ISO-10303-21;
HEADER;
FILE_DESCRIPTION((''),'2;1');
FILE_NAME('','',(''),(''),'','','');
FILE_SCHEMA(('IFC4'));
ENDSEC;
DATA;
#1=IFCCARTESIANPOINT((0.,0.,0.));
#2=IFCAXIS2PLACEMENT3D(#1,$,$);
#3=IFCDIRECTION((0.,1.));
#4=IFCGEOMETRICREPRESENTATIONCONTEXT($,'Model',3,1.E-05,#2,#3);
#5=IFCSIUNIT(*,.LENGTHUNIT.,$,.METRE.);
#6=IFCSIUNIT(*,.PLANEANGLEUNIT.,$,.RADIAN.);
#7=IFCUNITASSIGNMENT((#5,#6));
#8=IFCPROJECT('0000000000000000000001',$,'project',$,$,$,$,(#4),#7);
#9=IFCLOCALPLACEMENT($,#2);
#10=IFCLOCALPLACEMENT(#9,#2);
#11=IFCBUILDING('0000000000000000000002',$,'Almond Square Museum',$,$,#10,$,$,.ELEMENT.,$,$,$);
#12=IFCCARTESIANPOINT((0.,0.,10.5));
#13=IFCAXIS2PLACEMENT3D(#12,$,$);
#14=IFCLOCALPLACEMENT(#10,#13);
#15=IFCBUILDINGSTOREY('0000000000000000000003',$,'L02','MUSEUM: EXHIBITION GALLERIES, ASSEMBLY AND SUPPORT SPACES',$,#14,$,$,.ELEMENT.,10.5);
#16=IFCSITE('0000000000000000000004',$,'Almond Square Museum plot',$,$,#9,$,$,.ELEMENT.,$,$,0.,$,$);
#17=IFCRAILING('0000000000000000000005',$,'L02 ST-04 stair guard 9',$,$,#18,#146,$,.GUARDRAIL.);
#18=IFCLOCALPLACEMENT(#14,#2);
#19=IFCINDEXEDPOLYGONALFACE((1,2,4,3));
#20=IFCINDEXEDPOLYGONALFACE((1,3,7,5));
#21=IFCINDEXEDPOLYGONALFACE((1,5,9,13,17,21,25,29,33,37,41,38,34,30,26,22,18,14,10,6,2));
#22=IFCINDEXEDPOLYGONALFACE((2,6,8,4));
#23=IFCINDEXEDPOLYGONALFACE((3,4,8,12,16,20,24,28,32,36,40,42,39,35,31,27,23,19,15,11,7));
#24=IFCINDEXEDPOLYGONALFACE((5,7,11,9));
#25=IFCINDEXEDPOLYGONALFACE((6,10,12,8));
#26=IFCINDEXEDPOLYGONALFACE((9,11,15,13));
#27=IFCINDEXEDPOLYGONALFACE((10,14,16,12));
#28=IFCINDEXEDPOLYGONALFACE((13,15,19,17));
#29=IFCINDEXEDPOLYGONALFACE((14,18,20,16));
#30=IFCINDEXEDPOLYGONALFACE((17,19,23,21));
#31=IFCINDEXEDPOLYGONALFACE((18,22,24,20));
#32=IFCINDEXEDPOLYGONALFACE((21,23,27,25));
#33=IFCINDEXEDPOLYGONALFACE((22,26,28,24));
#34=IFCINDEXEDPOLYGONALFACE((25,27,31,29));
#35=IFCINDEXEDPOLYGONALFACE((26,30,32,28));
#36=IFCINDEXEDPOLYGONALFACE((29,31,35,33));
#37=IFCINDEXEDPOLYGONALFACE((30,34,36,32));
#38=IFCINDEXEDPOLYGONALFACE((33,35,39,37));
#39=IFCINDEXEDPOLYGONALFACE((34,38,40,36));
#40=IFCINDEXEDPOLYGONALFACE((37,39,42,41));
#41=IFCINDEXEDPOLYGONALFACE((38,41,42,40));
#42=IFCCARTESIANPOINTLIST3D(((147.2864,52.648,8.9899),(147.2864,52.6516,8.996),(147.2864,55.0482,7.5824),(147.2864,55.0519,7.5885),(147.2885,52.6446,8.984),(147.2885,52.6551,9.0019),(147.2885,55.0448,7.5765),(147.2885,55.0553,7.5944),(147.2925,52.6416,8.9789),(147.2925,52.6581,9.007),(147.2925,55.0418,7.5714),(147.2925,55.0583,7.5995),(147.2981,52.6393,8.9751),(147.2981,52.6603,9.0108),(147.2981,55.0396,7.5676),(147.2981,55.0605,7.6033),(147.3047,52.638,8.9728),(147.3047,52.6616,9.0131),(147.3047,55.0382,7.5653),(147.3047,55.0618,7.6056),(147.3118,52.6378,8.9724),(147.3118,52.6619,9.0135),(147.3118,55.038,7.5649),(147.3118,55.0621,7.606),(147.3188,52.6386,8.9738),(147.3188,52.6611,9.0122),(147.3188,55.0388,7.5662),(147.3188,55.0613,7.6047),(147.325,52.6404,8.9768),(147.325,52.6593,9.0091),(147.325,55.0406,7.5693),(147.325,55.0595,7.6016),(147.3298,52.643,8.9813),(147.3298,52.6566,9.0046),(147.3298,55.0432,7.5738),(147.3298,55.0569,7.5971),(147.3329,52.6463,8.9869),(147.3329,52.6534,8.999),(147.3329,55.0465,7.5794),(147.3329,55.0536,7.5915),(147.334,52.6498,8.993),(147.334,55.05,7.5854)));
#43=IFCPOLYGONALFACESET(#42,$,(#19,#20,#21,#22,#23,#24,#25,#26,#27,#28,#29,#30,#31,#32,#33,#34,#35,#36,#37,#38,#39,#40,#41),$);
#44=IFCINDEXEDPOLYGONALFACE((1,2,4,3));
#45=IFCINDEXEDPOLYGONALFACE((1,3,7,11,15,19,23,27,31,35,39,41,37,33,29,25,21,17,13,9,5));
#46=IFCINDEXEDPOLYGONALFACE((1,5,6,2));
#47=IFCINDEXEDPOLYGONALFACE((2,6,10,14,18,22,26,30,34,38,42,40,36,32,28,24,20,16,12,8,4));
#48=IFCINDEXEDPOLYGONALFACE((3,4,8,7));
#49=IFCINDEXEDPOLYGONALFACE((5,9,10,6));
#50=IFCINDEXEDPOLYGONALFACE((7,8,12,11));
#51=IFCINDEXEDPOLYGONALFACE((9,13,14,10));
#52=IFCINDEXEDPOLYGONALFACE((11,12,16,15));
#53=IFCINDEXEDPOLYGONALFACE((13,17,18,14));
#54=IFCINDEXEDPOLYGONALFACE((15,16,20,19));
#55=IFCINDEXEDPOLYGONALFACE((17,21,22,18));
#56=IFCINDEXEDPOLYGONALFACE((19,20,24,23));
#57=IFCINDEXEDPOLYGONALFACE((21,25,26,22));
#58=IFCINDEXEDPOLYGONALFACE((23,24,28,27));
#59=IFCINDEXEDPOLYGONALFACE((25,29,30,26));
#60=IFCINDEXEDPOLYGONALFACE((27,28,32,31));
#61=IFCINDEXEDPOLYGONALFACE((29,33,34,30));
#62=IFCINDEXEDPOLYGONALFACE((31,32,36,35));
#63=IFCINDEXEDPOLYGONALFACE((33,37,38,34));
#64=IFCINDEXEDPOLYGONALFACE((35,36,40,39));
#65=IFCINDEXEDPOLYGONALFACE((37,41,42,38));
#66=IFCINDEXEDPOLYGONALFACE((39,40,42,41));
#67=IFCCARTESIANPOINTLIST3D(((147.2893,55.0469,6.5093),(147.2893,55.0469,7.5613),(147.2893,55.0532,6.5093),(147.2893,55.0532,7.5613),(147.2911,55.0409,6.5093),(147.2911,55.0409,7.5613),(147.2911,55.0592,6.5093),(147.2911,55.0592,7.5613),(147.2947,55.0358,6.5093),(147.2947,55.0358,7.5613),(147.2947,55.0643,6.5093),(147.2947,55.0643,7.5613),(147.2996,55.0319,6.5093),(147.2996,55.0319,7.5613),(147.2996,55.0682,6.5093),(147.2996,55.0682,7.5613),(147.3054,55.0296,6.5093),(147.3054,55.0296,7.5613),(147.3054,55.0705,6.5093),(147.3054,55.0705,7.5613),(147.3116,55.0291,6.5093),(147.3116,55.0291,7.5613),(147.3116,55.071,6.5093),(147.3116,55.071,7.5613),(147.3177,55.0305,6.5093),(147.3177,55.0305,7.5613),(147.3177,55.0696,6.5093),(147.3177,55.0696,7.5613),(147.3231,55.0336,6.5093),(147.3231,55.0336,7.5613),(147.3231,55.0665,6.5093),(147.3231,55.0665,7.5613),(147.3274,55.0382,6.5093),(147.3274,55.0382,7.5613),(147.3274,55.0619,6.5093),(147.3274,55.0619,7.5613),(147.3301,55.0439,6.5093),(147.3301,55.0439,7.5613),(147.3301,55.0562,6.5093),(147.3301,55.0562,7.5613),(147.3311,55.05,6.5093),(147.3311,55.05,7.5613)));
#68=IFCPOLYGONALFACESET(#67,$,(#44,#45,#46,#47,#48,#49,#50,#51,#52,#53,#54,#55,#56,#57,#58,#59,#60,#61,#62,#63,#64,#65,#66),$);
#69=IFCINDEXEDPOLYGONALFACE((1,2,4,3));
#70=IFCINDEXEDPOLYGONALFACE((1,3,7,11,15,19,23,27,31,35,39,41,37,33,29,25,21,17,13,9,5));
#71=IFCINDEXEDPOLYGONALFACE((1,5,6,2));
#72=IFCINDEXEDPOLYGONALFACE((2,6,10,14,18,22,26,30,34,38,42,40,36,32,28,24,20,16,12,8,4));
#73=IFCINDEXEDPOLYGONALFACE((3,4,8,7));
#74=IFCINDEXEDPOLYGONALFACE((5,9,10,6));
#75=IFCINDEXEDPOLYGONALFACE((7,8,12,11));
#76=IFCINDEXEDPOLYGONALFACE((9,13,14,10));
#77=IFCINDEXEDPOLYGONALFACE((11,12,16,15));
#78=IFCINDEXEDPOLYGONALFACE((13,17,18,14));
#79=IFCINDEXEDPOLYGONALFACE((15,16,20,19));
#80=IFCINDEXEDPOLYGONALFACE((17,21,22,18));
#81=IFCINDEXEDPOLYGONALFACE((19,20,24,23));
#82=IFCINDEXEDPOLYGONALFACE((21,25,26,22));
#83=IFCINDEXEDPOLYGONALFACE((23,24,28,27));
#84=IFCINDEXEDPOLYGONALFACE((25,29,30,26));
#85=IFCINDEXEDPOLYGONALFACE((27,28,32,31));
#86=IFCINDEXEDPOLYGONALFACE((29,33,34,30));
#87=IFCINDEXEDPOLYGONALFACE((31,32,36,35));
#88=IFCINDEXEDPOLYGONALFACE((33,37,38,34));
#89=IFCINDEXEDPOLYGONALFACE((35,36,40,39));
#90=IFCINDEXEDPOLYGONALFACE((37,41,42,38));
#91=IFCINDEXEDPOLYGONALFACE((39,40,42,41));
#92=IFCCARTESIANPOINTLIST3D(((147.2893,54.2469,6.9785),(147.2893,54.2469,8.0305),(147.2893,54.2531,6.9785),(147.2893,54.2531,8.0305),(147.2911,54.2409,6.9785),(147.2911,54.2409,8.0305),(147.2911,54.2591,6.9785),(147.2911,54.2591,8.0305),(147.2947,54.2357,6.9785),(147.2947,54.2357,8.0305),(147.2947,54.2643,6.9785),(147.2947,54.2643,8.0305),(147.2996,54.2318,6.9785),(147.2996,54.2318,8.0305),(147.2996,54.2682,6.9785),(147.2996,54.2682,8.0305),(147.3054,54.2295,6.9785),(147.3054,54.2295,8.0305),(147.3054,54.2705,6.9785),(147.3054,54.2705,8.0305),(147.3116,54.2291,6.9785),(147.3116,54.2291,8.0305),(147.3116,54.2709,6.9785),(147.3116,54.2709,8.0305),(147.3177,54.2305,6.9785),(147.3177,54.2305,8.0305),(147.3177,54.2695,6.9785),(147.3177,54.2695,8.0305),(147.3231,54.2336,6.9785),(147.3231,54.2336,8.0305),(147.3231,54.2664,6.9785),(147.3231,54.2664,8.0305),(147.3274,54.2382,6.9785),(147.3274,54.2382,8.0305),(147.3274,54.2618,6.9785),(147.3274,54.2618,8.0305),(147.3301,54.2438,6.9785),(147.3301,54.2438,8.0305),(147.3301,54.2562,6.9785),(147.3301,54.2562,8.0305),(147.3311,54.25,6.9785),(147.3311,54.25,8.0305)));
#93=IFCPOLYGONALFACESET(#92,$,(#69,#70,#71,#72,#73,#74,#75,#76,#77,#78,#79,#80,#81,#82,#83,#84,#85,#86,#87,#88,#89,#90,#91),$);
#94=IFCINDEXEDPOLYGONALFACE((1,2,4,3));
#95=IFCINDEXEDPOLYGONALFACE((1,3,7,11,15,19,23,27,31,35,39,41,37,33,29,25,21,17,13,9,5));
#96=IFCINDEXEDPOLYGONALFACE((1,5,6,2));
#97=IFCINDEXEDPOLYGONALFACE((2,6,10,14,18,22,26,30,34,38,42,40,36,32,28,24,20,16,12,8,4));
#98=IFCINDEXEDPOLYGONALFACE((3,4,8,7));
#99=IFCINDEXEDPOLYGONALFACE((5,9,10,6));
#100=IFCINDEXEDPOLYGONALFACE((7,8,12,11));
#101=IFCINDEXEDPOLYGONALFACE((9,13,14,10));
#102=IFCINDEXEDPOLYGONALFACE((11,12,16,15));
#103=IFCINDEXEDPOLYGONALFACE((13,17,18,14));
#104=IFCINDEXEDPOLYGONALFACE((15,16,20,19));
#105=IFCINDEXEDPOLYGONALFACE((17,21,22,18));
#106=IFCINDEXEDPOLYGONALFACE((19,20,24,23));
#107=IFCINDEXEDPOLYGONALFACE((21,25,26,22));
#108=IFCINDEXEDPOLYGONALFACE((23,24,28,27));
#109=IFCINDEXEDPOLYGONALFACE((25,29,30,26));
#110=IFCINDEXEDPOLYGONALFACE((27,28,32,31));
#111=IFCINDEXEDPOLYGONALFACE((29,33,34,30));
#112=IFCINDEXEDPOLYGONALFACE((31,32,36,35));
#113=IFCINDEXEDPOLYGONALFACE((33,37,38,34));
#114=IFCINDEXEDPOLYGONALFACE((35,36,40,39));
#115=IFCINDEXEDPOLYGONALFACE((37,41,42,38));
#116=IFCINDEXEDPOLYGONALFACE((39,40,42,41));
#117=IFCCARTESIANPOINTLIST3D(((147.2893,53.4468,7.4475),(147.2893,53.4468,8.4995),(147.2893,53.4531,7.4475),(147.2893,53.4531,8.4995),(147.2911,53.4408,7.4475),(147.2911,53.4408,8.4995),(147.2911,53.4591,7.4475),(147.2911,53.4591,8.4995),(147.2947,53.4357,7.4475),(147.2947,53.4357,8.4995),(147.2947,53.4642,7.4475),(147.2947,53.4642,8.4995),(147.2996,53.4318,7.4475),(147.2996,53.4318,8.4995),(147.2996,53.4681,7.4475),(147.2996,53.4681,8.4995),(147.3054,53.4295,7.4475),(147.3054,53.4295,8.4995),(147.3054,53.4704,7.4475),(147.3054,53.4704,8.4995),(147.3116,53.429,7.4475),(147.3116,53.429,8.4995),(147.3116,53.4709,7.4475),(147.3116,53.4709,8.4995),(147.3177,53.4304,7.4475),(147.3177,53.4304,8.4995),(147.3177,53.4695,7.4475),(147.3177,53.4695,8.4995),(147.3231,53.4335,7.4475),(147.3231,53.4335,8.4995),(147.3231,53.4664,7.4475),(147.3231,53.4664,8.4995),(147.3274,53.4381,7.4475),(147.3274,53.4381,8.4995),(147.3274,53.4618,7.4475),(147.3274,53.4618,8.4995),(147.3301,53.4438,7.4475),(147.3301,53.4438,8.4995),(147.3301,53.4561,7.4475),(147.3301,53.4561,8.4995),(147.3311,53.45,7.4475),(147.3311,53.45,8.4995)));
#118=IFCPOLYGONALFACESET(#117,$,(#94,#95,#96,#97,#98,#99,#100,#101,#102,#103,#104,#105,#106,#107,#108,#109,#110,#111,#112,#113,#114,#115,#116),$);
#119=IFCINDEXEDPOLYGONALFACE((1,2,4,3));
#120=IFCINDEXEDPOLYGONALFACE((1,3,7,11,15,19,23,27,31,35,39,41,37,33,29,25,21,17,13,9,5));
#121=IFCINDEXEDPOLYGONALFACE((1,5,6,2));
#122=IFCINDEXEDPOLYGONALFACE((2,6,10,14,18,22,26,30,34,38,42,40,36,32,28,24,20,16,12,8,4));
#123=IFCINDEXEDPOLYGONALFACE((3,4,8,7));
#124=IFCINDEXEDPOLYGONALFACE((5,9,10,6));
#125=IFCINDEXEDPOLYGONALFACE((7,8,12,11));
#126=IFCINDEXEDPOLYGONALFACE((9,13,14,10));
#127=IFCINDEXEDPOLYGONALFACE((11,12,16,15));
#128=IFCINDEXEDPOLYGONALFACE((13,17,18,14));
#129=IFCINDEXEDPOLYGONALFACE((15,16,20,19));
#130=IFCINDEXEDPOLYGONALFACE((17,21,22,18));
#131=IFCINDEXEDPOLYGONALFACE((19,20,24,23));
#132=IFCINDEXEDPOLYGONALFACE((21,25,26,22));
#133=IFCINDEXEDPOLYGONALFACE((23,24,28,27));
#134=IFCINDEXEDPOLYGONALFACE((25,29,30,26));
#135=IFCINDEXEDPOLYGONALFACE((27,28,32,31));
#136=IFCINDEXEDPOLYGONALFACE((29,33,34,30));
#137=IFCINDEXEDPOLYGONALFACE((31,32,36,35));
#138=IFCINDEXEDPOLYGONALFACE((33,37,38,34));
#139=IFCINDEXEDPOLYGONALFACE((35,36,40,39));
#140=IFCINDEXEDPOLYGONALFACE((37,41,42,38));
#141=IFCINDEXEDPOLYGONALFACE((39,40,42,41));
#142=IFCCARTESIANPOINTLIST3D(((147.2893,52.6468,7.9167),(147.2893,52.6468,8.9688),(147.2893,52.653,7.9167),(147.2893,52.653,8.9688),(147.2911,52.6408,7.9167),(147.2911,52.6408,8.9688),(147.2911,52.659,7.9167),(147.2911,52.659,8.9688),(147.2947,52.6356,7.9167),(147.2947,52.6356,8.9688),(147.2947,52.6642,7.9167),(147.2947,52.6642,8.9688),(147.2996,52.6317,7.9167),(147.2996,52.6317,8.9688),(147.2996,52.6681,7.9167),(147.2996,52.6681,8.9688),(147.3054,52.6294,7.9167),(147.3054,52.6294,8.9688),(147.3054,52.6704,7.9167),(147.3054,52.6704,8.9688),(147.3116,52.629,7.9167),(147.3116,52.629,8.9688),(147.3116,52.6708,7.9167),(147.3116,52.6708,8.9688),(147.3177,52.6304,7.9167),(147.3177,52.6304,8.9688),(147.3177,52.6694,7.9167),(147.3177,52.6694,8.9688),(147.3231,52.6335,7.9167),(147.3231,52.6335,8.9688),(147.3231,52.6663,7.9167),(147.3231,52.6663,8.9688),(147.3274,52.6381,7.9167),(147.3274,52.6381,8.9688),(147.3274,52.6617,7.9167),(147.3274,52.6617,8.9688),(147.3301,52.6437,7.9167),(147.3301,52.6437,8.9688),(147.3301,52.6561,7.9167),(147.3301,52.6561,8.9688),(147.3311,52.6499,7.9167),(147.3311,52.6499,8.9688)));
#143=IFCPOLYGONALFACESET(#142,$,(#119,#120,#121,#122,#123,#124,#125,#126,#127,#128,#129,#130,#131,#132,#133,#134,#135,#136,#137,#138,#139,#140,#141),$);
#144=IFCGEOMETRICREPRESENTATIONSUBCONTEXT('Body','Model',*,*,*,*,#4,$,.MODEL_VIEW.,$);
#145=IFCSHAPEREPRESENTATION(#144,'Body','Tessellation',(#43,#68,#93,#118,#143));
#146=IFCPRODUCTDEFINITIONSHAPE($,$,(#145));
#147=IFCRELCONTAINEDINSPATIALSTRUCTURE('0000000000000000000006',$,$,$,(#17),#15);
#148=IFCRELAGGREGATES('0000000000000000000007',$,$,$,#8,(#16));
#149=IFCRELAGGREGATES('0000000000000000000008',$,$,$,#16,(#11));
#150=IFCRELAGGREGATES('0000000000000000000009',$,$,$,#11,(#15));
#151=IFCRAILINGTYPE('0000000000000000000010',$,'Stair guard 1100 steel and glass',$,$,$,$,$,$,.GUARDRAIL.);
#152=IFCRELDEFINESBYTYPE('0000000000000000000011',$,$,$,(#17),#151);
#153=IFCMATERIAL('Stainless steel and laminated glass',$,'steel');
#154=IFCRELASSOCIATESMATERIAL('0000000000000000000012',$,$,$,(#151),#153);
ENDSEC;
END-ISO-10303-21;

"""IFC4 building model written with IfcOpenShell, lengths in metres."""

from ifc_helpers import new_model, si_unit, direction, frame, origin, origin_2d, place, context, subcontext, project, spatial, circle, extrude, material, type_object, element, save


model = new_model("IFC4")

# Units and contexts
model_context = context("Model", 3, precision=1e-05, world=origin(), true_north=direction((0.0, 1.0)))
body_context = subcontext(model_context, "Body", "Model", "MODEL_VIEW")
ifc_project = project(units=[si_unit("LENGTHUNIT", "METRE"), si_unit("PLANEANGLEUNIT", "RADIAN")], contexts=[model_context])

# Site, building, storey
site_placement = place(None, origin())
site = spatial("IfcSite", under=ifc_project, at=site_placement, Name="Almond Square Museum plot", CompositionType="ELEMENT", RefElevation=0.0)
building_placement = place(site_placement, origin())
building = spatial("IfcBuilding", under=site, at=building_placement, Name="Almond Square Museum", CompositionType="ELEMENT")
storey_placement = place(building_placement, frame((0.0, 0.0, 10.5)))
storey = spatial("IfcBuildingStorey", under=building, at=storey_placement, Name="L02", Description="MUSEUM: EXHIBITION GALLERIES, ASSEMBLY AND SUPPORT SPACES", CompositionType="ELEMENT", Elevation=10.5)

# Railing
ifc_material_1 = material(Name="Stainless steel and laminated glass", Category="steel")
railing_type_1 = type_object("IfcRailingType", Name="Stair guard 1100 steel and glass", PredefinedType="GUARDRAIL", material=ifc_material_1)
railing_1_placement = place(storey_placement, frame((147.3101, 55.05, 6.5093)))
element("IfcRailing", 1, at=railing_1_placement, inside=storey, type_object=railing_type_1, Name="L02 ST-04 stair guard 9", PredefinedType="GUARDRAIL", context=body_context, shape_type="SweptSolid", body=[
    extrude(circle(Radius=0.0239, at=origin_2d()), frame((0.0, 0.0, 1.0762), z_axis=(0.0, -0.862621, 0.50585), x_axis=(1.0, 0.0, 0.0)), (0.0, 0.0, 1.0), 2.7825),
    extrude(circle(Radius=0.021, at=origin_2d()), origin(), (0.0, 0.0, 1.0), 1.052),
    extrude(circle(Radius=0.021, at=origin_2d()), frame((0.0, -0.8, 0.4692)), (0.0, 0.0, 1.0), 1.052),
    extrude(circle(Radius=0.021, at=origin_2d()), frame((0.0, -1.6001, 0.9382)), (0.0, 0.0, 1.0), 1.052),
    extrude(circle(Radius=0.021, at=origin_2d()), frame((0.0, -2.4001, 1.4075)), (0.0, 0.0, 1.0), 1.052),
])

save(model, "model.ifc")
